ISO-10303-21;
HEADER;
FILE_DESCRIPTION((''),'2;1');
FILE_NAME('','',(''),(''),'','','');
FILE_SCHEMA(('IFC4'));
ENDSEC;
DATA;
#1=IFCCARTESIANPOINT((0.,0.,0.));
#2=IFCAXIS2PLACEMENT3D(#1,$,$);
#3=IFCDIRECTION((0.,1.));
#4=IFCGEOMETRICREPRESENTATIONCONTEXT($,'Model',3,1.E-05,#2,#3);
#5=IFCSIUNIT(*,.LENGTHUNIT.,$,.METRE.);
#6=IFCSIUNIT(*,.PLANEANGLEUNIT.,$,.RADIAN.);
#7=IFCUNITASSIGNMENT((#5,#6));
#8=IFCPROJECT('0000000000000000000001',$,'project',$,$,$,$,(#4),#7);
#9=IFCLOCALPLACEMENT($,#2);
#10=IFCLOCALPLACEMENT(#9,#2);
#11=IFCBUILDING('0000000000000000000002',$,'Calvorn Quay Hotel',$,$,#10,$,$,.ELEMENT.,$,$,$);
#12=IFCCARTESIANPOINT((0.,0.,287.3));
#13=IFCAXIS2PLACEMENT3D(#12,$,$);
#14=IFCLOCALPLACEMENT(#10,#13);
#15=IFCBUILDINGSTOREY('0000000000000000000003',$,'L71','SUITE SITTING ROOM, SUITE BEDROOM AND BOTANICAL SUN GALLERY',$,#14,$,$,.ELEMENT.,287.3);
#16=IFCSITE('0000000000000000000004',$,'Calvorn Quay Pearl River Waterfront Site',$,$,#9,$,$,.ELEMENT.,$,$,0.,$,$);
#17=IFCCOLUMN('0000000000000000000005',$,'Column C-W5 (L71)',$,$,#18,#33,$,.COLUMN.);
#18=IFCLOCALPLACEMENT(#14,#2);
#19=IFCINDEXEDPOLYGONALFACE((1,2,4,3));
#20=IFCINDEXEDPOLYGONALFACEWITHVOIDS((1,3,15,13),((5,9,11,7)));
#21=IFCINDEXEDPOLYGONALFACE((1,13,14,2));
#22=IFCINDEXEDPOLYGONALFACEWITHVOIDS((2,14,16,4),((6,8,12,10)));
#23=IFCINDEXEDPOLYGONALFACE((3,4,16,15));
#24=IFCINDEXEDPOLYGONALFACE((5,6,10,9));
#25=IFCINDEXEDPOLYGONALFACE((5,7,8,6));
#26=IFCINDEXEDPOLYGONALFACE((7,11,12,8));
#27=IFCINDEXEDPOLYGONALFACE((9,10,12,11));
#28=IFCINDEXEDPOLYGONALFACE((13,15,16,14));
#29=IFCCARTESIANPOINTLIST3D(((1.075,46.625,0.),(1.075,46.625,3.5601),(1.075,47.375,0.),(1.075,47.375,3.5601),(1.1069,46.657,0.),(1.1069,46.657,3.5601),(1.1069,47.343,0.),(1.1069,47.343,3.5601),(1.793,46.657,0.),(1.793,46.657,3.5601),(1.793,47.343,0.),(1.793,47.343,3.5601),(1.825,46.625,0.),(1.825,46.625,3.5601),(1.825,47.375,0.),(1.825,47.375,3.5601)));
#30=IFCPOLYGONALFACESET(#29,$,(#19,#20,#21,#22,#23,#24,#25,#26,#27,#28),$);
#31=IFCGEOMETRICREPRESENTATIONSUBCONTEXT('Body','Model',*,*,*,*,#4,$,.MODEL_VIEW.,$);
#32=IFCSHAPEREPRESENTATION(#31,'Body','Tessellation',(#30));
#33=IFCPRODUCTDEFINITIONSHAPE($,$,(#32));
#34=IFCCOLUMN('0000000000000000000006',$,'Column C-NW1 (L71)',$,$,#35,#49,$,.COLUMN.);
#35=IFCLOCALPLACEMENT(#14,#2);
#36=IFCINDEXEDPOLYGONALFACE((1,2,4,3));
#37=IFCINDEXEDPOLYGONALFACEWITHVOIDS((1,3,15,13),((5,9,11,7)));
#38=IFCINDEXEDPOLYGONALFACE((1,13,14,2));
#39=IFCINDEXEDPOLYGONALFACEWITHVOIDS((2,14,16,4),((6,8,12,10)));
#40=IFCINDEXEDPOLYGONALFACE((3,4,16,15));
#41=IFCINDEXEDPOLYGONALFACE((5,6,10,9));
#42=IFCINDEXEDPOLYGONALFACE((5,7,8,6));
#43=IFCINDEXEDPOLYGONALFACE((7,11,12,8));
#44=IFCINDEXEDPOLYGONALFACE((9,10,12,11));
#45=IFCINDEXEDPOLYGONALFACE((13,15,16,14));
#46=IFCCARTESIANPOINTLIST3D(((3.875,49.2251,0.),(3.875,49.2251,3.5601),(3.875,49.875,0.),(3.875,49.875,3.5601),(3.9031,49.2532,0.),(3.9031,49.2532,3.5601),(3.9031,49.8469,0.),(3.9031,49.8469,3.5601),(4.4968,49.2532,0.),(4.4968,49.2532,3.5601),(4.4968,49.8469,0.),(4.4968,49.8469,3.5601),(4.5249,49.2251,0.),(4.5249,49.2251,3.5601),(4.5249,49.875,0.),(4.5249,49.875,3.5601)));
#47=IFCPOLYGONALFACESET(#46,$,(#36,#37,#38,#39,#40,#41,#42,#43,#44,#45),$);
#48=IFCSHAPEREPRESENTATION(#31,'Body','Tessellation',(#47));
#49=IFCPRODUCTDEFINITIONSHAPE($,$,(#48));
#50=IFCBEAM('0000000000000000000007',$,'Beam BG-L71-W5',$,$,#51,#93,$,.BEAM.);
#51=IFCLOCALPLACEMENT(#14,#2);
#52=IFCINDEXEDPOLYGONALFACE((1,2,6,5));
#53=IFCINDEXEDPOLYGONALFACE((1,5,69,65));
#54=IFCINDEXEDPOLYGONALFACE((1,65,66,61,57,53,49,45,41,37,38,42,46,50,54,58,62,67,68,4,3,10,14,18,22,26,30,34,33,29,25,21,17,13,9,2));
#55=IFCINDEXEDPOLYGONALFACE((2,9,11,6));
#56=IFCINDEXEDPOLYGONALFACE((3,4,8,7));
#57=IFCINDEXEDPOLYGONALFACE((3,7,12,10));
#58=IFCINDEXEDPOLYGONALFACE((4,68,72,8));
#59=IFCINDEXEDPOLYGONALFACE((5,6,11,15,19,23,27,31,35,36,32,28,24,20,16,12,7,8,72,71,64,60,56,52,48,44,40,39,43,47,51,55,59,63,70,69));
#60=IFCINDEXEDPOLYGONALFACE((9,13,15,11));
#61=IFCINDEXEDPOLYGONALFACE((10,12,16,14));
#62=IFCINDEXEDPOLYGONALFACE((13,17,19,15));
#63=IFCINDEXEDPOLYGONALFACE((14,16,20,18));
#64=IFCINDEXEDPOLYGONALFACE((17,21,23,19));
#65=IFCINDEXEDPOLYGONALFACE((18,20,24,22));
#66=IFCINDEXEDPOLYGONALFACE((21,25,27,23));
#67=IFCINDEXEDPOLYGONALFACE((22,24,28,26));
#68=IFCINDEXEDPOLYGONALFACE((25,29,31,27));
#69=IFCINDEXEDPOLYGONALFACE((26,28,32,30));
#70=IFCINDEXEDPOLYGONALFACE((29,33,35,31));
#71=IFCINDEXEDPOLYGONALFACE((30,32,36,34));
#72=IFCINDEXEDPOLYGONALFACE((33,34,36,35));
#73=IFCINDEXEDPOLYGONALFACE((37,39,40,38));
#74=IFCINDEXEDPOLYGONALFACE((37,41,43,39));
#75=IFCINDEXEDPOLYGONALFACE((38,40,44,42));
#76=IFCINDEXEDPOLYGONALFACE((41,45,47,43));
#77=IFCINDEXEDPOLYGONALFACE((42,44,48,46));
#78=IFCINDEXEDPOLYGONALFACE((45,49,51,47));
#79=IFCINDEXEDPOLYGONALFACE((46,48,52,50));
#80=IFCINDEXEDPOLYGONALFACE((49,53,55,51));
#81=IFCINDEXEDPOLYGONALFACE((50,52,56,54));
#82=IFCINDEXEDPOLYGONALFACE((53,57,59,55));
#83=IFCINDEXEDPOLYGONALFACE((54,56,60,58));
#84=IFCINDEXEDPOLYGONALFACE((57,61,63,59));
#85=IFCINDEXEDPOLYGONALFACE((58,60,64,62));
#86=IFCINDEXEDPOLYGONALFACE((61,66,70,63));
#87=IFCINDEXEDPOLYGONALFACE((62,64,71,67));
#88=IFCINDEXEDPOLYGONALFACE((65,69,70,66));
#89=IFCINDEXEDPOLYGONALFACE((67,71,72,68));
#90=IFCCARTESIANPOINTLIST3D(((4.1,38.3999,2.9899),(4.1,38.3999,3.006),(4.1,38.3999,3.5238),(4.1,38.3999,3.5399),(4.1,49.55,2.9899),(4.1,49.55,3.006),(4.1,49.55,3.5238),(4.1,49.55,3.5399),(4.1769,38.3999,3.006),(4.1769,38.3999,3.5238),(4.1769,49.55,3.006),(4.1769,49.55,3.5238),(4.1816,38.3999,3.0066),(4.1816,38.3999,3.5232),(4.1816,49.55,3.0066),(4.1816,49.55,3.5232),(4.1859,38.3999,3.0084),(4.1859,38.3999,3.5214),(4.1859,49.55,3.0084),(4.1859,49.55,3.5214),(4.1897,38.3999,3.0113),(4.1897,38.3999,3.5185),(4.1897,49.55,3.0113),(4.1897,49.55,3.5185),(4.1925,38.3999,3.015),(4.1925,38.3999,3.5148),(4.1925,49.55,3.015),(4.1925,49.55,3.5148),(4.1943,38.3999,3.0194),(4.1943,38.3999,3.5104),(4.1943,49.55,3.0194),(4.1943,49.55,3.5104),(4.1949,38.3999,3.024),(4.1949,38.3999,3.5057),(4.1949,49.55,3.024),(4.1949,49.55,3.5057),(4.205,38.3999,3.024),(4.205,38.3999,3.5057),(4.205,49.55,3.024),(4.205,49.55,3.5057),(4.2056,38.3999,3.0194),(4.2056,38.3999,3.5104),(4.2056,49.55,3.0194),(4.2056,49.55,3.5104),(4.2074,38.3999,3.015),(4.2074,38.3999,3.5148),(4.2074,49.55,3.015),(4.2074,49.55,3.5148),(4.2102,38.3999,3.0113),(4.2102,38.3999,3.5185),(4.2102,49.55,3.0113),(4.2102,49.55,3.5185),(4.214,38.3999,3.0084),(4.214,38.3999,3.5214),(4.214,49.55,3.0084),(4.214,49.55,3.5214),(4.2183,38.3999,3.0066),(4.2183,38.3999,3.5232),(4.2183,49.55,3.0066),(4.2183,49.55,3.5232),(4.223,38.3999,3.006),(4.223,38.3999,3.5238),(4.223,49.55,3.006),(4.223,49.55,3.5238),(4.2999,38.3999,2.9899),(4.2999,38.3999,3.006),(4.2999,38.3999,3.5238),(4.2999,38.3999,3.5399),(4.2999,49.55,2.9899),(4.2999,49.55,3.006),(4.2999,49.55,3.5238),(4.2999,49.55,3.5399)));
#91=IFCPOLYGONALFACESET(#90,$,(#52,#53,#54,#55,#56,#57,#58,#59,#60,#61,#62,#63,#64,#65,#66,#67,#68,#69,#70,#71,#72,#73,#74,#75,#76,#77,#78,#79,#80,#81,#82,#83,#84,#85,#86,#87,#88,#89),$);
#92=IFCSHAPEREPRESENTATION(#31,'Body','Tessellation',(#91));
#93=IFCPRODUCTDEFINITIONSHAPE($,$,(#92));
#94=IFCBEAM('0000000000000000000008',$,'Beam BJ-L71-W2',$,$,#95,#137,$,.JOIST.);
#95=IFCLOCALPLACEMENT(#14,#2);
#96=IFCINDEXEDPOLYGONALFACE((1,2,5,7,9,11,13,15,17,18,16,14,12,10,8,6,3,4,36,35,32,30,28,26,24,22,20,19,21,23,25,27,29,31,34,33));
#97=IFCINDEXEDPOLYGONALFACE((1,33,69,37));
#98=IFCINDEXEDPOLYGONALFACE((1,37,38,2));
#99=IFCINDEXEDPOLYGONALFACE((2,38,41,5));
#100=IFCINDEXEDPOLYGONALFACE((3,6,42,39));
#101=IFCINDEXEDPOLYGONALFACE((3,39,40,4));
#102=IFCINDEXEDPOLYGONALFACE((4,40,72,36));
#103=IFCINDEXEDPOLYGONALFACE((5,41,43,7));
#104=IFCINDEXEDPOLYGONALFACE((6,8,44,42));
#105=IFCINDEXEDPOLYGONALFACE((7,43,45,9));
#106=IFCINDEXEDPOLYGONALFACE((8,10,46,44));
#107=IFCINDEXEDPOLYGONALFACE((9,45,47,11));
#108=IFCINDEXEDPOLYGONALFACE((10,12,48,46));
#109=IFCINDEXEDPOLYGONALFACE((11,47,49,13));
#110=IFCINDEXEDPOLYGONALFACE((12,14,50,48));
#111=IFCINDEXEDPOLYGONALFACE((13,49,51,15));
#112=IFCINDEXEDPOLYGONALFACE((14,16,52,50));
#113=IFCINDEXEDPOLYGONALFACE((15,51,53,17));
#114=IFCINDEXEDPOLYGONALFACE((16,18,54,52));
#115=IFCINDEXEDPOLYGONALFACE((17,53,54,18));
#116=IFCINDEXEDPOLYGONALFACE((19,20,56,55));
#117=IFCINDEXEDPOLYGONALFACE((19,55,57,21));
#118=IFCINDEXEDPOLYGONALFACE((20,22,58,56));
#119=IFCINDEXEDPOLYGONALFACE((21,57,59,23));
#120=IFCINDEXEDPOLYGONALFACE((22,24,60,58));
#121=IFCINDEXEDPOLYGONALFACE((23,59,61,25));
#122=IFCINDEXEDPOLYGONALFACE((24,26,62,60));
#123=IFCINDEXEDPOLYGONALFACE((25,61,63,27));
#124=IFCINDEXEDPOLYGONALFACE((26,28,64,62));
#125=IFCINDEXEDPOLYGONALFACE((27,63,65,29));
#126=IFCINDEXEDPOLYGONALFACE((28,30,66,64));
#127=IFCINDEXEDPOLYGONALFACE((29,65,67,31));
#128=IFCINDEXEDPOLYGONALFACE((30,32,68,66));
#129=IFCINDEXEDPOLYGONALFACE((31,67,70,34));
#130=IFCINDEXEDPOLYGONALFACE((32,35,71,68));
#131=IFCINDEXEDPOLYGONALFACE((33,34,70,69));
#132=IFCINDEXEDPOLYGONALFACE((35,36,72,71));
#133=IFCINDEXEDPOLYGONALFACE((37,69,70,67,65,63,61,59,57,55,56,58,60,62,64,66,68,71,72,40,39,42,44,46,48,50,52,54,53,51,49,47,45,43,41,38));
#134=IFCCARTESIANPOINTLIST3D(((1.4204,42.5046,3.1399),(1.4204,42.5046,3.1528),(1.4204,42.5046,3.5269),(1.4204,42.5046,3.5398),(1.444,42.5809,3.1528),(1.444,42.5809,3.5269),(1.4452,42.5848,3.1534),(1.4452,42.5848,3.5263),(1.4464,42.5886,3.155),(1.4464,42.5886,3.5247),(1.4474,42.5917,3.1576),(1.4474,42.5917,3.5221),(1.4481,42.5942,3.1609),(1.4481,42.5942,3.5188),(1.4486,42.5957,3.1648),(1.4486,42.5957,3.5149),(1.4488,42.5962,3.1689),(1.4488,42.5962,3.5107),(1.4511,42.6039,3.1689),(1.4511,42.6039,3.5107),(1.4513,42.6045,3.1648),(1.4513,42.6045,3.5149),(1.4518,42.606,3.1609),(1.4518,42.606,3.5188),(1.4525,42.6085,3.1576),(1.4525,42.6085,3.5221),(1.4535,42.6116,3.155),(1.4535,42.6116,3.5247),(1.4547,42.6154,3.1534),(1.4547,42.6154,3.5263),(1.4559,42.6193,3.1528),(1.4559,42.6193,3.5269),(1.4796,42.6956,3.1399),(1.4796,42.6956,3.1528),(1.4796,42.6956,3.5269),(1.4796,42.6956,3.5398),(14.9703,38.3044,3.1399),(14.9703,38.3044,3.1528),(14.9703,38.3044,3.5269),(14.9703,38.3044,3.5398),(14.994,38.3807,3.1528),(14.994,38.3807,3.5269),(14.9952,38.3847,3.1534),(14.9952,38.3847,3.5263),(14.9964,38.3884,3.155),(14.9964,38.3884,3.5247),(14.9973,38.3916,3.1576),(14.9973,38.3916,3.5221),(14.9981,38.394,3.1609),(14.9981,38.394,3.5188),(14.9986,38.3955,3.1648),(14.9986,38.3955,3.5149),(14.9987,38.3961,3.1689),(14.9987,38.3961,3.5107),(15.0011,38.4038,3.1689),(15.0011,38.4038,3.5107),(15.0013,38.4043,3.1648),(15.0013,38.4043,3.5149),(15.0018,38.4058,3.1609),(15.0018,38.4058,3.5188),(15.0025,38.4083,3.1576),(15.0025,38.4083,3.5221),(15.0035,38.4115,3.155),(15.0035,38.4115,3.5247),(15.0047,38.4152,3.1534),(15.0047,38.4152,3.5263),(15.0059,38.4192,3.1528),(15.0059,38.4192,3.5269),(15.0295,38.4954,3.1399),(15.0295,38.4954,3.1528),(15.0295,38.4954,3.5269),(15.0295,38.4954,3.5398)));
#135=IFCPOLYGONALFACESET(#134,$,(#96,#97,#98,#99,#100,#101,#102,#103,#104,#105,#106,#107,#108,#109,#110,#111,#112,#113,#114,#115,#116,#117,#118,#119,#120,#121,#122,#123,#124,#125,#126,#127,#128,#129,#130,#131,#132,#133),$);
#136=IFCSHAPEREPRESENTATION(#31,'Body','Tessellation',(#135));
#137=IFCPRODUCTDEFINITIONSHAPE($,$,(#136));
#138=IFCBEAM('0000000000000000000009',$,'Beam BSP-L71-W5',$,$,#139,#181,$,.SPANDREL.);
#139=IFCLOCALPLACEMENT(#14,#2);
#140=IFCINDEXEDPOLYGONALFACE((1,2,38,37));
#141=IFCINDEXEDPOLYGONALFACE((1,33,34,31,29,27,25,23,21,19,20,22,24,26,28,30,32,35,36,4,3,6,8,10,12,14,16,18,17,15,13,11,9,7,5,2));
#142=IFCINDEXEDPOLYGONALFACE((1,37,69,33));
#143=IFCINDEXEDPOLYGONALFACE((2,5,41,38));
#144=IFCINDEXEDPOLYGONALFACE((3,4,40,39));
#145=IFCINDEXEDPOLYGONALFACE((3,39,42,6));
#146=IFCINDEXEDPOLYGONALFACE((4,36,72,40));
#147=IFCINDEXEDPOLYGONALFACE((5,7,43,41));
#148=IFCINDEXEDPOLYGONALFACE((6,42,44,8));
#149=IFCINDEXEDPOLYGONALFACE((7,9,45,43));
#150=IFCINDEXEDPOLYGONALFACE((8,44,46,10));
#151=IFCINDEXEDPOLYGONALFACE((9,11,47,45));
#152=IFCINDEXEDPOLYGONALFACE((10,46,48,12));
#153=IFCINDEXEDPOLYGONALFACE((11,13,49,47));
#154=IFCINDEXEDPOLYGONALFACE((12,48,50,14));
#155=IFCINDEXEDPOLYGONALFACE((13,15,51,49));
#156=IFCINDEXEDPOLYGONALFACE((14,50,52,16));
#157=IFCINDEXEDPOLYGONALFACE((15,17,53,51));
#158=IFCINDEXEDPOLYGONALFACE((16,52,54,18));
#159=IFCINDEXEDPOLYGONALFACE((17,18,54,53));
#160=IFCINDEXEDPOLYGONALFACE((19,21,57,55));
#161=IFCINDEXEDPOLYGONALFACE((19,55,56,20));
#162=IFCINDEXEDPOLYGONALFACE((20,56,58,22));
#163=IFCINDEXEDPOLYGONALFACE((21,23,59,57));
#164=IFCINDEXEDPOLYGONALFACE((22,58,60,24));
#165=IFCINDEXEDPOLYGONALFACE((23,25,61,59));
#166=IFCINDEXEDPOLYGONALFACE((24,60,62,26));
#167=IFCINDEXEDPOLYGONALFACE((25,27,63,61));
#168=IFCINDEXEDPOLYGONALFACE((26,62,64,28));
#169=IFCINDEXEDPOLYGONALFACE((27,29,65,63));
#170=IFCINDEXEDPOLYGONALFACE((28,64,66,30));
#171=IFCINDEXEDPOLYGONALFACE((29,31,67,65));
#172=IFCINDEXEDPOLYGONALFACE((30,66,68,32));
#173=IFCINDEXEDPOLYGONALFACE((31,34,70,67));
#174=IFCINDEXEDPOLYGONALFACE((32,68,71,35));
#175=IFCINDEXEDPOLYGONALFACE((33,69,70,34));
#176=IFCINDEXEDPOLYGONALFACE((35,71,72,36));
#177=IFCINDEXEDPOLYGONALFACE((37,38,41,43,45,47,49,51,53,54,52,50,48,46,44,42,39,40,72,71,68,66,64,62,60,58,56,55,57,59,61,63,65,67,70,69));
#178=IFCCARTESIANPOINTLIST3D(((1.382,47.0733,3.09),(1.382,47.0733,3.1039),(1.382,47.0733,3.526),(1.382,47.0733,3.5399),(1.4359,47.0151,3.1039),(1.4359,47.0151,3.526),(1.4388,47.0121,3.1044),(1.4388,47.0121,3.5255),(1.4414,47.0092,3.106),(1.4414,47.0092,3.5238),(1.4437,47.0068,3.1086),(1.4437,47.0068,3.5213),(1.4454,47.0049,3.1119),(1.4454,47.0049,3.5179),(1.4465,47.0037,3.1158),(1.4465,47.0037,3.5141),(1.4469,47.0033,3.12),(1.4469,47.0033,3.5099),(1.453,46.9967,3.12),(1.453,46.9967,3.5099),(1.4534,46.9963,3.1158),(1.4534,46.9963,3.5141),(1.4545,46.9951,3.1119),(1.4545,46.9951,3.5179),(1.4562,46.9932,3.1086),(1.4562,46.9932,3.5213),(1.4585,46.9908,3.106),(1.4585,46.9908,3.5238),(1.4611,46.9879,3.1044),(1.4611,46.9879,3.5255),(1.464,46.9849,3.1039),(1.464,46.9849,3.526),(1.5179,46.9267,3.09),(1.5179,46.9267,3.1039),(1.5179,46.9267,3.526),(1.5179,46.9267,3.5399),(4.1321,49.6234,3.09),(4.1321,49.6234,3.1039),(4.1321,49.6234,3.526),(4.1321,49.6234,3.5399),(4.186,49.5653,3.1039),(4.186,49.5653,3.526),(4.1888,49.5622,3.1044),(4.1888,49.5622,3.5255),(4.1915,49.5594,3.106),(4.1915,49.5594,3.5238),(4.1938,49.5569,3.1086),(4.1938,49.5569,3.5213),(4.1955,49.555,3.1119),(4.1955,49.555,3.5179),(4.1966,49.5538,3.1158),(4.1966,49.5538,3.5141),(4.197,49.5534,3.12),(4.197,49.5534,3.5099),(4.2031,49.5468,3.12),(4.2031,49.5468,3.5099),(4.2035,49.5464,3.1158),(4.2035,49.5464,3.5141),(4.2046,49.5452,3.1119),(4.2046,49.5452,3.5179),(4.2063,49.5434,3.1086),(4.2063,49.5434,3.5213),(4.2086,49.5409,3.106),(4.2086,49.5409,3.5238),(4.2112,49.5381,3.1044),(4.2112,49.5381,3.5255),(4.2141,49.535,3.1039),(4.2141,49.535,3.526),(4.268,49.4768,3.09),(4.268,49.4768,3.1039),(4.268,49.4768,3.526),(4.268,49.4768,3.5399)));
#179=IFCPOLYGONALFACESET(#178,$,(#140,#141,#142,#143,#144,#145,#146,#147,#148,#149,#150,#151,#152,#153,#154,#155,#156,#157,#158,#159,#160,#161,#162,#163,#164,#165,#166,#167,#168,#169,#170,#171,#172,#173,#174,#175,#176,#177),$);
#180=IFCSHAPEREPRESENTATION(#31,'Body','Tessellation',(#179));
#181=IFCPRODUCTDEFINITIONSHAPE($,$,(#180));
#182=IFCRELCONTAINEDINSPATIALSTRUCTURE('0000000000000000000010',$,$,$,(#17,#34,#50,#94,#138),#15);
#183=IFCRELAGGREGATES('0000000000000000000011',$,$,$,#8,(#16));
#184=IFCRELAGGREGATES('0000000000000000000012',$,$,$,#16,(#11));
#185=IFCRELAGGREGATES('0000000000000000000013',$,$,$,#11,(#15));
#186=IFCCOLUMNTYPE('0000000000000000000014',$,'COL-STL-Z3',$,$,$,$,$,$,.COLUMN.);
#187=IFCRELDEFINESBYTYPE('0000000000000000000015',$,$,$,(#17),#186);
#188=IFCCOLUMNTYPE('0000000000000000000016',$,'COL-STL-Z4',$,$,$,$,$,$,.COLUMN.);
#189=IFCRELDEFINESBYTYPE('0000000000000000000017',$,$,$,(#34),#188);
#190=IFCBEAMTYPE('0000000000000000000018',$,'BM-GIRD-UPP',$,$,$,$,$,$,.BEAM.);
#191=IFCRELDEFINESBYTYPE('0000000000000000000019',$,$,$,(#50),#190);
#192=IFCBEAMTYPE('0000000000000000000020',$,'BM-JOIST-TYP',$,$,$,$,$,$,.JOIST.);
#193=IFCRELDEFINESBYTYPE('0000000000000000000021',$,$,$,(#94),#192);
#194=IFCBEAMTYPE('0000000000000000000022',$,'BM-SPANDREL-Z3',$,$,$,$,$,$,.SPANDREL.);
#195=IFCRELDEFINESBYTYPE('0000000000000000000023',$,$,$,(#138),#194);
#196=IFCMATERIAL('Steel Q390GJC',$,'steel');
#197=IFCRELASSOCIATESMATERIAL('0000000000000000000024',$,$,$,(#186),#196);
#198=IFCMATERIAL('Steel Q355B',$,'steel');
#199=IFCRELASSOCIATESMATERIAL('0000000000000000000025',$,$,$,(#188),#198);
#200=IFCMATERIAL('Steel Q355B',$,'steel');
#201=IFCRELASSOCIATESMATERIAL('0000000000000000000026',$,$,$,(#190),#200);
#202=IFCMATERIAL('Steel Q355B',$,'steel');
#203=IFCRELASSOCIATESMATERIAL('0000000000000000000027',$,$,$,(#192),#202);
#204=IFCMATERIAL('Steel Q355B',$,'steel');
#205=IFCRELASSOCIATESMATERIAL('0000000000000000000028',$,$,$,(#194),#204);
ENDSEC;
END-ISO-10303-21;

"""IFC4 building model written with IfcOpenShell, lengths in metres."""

from ifc_helpers import new_model, si_unit, direction, frame, origin, origin_2d, place, context, subcontext, project, spatial, hollow_rectangle, i_section, extrude, material, material_profile, profile_set, type_object, element, save


model = new_model("IFC4")

# Units and contexts
model_context = context("Model", 3, precision=1e-05, world=origin(), true_north=direction((0.0, 1.0)))
body_context = subcontext(model_context, "Body", "Model", "MODEL_VIEW")
ifc_project = project(units=[si_unit("LENGTHUNIT", "METRE"), si_unit("PLANEANGLEUNIT", "RADIAN")], contexts=[model_context])

# Site, building, storey
site_placement = place(None, origin())
site = spatial("IfcSite", under=ifc_project, at=site_placement, Name="Calvorn Quay Pearl River Waterfront Site", CompositionType="ELEMENT", RefElevation=0.0)
building_placement = place(site_placement, origin())
building = spatial("IfcBuilding", under=site, at=building_placement, Name="Calvorn Quay Hotel", CompositionType="ELEMENT")
storey_placement = place(building_placement, frame((0.0, 0.0, 287.3)))
storey = spatial("IfcBuildingStorey", under=building, at=storey_placement, Name="L71", Description="SUITE SITTING ROOM, SUITE BEDROOM AND BOTANICAL SUN GALLERY", CompositionType="ELEMENT", Elevation=287.3)

# Columns
ifc_material_1 = material(Name="Steel Q390GJC", Category="steel")
ifc_material_profile_1 = material_profile(ifc_material_1, hollow_rectangle(XDim=0.75, YDim=0.75, WallThickness=0.032, at=origin_2d()), Name="BOX750x750x32")
ifc_profile_set_1 = profile_set([ifc_material_profile_1], Name="Steel Q390GJC")
column_type_1 = type_object("IfcColumnType", Name="COL-STL-Z3", PredefinedType="COLUMN", material=ifc_profile_set_1)
column_1_placement = place(storey_placement, frame((1.45, 47.0, 0.0), z_axis=(0.0, 0.0, 1.0), x_axis=(1.0, 0.0, 0.0)))
element("IfcColumn", 1, at=column_1_placement, inside=storey, type_object=column_type_1, Name="Column C-W5 (L71)", PredefinedType="COLUMN", context=body_context, shape_type="SweptSolid", body=[
    extrude(hollow_rectangle(XDim=0.75, YDim=0.75, WallThickness=0.032, at=origin_2d()), origin(), (0.0, 0.0, 1.0), 3.5601),
])
ifc_material_2 = material(Name="Steel Q355B", Category="steel")
ifc_material_profile_2 = material_profile(ifc_material_2, hollow_rectangle(XDim=0.6499, YDim=0.6499, WallThickness=0.0281, at=origin_2d()), Name="BOX650x650x28")
ifc_profile_set_2 = profile_set([ifc_material_profile_2], Name="Steel Q355B")
column_type_2 = type_object("IfcColumnType", Name="COL-STL-Z4", PredefinedType="COLUMN", material=ifc_profile_set_2)
column_2_placement = place(storey_placement, frame((4.2, 49.55, 0.0), z_axis=(0.0, 0.0, 1.0), x_axis=(1.0, 0.0, 0.0)))
element("IfcColumn", 2, at=column_2_placement, inside=storey, type_object=column_type_2, Name="Column C-NW1 (L71)", PredefinedType="COLUMN", context=body_context, shape_type="SweptSolid", body=[
    extrude(hollow_rectangle(XDim=0.6499, YDim=0.6499, WallThickness=0.0281, at=origin_2d()), origin(), (0.0, 0.0, 1.0), 3.5601),
])

# Beams
ifc_material_3 = material(Name="Steel Q355B", Category="steel")
ifc_material_profile_3 = material_profile(ifc_material_3, i_section(OverallWidth=0.2, OverallDepth=0.55, WebThickness=0.01, FlangeThickness=0.0161, FilletRadius=0.0181, at=origin_2d()), Name="HN550x200x10x16")
ifc_profile_set_3 = profile_set([ifc_material_profile_3], Name="Steel Q355B")
beam_type_1 = type_object("IfcBeamType", Name="BM-GIRD-UPP", PredefinedType="BEAM", material=ifc_profile_set_3)
beam_1_placement = place(storey_placement, frame((4.2, 49.55, 3.2649), z_axis=(0.0, -1.0, 0.0), x_axis=(1.0, 0.0, 0.0)))
element("IfcBeam", 3, at=beam_1_placement, inside=storey, type_object=beam_type_1, Name="Beam BG-L71-W5", PredefinedType="BEAM", context=body_context, shape_type="SweptSolid", body=[
    extrude(i_section(OverallWidth=0.2, OverallDepth=0.55, WebThickness=0.01, FlangeThickness=0.0161, FilletRadius=0.0181, at=origin_2d()), origin(), (0.0, 0.0, 1.0), 11.1501),
])
ifc_material_4 = material(Name="Steel Q355B", Category="steel")
ifc_material_profile_4 = material_profile(ifc_material_4, i_section(OverallWidth=0.2, OverallDepth=0.3999, WebThickness=0.0081, FlangeThickness=0.0129, FilletRadius=0.0161, at=origin_2d()), Name="HN400x200x8x13")
ifc_profile_set_4 = profile_set([ifc_material_profile_4], Name="Steel Q355B")
beam_type_2 = type_object("IfcBeamType", Name="BM-JOIST-TYP", PredefinedType="JOIST", material=ifc_profile_set_4)
beam_2_placement = place(storey_placement, frame((1.45, 42.6001, 3.3398), z_axis=(0.955164, -0.296078, 0.0), x_axis=(0.296078, 0.955164, 0.0)))
element("IfcBeam", 4, at=beam_2_placement, inside=storey, type_object=beam_type_2, Name="Beam BJ-L71-W2", PredefinedType="JOIST", context=body_context, shape_type="SweptSolid", body=[
    extrude(i_section(OverallWidth=0.2, OverallDepth=0.3999, WebThickness=0.0081, FlangeThickness=0.0129, FilletRadius=0.0161, at=origin_2d()), origin(), (0.0, 0.0, 1.0), 14.186),
])
ifc_material_5 = material(Name="Steel Q355B", Category="steel")
ifc_material_profile_5 = material_profile(ifc_material_5, i_section(OverallWidth=0.2, OverallDepth=0.45, WebThickness=0.009, FlangeThickness=0.0139, FilletRadius=0.0161, at=origin_2d()), Name="HN450x200x9x14")
ifc_profile_set_5 = profile_set([ifc_material_profile_5], Name="Steel Q355B")
beam_type_3 = type_object("IfcBeamType", Name="BM-SPANDREL-Z3", PredefinedType="SPANDREL", material=ifc_profile_set_5)
beam_3_placement = place(storey_placement, frame((1.45, 47.0, 3.3149), z_axis=(0.733262, 0.679947, 0.0), x_axis=(-0.679947, 0.733262, 0.0)))
element("IfcBeam", 5, at=beam_3_placement, inside=storey, type_object=beam_type_3, Name="Beam BSP-L71-W5", PredefinedType="SPANDREL", context=body_context, shape_type="SweptSolid", body=[
    extrude(i_section(OverallWidth=0.2, OverallDepth=0.45, WebThickness=0.009, FlangeThickness=0.0139, FilletRadius=0.0161, at=origin_2d()), origin(), (0.0, 0.0, 1.0), 3.7505),
])

save(model, "model.ifc")
